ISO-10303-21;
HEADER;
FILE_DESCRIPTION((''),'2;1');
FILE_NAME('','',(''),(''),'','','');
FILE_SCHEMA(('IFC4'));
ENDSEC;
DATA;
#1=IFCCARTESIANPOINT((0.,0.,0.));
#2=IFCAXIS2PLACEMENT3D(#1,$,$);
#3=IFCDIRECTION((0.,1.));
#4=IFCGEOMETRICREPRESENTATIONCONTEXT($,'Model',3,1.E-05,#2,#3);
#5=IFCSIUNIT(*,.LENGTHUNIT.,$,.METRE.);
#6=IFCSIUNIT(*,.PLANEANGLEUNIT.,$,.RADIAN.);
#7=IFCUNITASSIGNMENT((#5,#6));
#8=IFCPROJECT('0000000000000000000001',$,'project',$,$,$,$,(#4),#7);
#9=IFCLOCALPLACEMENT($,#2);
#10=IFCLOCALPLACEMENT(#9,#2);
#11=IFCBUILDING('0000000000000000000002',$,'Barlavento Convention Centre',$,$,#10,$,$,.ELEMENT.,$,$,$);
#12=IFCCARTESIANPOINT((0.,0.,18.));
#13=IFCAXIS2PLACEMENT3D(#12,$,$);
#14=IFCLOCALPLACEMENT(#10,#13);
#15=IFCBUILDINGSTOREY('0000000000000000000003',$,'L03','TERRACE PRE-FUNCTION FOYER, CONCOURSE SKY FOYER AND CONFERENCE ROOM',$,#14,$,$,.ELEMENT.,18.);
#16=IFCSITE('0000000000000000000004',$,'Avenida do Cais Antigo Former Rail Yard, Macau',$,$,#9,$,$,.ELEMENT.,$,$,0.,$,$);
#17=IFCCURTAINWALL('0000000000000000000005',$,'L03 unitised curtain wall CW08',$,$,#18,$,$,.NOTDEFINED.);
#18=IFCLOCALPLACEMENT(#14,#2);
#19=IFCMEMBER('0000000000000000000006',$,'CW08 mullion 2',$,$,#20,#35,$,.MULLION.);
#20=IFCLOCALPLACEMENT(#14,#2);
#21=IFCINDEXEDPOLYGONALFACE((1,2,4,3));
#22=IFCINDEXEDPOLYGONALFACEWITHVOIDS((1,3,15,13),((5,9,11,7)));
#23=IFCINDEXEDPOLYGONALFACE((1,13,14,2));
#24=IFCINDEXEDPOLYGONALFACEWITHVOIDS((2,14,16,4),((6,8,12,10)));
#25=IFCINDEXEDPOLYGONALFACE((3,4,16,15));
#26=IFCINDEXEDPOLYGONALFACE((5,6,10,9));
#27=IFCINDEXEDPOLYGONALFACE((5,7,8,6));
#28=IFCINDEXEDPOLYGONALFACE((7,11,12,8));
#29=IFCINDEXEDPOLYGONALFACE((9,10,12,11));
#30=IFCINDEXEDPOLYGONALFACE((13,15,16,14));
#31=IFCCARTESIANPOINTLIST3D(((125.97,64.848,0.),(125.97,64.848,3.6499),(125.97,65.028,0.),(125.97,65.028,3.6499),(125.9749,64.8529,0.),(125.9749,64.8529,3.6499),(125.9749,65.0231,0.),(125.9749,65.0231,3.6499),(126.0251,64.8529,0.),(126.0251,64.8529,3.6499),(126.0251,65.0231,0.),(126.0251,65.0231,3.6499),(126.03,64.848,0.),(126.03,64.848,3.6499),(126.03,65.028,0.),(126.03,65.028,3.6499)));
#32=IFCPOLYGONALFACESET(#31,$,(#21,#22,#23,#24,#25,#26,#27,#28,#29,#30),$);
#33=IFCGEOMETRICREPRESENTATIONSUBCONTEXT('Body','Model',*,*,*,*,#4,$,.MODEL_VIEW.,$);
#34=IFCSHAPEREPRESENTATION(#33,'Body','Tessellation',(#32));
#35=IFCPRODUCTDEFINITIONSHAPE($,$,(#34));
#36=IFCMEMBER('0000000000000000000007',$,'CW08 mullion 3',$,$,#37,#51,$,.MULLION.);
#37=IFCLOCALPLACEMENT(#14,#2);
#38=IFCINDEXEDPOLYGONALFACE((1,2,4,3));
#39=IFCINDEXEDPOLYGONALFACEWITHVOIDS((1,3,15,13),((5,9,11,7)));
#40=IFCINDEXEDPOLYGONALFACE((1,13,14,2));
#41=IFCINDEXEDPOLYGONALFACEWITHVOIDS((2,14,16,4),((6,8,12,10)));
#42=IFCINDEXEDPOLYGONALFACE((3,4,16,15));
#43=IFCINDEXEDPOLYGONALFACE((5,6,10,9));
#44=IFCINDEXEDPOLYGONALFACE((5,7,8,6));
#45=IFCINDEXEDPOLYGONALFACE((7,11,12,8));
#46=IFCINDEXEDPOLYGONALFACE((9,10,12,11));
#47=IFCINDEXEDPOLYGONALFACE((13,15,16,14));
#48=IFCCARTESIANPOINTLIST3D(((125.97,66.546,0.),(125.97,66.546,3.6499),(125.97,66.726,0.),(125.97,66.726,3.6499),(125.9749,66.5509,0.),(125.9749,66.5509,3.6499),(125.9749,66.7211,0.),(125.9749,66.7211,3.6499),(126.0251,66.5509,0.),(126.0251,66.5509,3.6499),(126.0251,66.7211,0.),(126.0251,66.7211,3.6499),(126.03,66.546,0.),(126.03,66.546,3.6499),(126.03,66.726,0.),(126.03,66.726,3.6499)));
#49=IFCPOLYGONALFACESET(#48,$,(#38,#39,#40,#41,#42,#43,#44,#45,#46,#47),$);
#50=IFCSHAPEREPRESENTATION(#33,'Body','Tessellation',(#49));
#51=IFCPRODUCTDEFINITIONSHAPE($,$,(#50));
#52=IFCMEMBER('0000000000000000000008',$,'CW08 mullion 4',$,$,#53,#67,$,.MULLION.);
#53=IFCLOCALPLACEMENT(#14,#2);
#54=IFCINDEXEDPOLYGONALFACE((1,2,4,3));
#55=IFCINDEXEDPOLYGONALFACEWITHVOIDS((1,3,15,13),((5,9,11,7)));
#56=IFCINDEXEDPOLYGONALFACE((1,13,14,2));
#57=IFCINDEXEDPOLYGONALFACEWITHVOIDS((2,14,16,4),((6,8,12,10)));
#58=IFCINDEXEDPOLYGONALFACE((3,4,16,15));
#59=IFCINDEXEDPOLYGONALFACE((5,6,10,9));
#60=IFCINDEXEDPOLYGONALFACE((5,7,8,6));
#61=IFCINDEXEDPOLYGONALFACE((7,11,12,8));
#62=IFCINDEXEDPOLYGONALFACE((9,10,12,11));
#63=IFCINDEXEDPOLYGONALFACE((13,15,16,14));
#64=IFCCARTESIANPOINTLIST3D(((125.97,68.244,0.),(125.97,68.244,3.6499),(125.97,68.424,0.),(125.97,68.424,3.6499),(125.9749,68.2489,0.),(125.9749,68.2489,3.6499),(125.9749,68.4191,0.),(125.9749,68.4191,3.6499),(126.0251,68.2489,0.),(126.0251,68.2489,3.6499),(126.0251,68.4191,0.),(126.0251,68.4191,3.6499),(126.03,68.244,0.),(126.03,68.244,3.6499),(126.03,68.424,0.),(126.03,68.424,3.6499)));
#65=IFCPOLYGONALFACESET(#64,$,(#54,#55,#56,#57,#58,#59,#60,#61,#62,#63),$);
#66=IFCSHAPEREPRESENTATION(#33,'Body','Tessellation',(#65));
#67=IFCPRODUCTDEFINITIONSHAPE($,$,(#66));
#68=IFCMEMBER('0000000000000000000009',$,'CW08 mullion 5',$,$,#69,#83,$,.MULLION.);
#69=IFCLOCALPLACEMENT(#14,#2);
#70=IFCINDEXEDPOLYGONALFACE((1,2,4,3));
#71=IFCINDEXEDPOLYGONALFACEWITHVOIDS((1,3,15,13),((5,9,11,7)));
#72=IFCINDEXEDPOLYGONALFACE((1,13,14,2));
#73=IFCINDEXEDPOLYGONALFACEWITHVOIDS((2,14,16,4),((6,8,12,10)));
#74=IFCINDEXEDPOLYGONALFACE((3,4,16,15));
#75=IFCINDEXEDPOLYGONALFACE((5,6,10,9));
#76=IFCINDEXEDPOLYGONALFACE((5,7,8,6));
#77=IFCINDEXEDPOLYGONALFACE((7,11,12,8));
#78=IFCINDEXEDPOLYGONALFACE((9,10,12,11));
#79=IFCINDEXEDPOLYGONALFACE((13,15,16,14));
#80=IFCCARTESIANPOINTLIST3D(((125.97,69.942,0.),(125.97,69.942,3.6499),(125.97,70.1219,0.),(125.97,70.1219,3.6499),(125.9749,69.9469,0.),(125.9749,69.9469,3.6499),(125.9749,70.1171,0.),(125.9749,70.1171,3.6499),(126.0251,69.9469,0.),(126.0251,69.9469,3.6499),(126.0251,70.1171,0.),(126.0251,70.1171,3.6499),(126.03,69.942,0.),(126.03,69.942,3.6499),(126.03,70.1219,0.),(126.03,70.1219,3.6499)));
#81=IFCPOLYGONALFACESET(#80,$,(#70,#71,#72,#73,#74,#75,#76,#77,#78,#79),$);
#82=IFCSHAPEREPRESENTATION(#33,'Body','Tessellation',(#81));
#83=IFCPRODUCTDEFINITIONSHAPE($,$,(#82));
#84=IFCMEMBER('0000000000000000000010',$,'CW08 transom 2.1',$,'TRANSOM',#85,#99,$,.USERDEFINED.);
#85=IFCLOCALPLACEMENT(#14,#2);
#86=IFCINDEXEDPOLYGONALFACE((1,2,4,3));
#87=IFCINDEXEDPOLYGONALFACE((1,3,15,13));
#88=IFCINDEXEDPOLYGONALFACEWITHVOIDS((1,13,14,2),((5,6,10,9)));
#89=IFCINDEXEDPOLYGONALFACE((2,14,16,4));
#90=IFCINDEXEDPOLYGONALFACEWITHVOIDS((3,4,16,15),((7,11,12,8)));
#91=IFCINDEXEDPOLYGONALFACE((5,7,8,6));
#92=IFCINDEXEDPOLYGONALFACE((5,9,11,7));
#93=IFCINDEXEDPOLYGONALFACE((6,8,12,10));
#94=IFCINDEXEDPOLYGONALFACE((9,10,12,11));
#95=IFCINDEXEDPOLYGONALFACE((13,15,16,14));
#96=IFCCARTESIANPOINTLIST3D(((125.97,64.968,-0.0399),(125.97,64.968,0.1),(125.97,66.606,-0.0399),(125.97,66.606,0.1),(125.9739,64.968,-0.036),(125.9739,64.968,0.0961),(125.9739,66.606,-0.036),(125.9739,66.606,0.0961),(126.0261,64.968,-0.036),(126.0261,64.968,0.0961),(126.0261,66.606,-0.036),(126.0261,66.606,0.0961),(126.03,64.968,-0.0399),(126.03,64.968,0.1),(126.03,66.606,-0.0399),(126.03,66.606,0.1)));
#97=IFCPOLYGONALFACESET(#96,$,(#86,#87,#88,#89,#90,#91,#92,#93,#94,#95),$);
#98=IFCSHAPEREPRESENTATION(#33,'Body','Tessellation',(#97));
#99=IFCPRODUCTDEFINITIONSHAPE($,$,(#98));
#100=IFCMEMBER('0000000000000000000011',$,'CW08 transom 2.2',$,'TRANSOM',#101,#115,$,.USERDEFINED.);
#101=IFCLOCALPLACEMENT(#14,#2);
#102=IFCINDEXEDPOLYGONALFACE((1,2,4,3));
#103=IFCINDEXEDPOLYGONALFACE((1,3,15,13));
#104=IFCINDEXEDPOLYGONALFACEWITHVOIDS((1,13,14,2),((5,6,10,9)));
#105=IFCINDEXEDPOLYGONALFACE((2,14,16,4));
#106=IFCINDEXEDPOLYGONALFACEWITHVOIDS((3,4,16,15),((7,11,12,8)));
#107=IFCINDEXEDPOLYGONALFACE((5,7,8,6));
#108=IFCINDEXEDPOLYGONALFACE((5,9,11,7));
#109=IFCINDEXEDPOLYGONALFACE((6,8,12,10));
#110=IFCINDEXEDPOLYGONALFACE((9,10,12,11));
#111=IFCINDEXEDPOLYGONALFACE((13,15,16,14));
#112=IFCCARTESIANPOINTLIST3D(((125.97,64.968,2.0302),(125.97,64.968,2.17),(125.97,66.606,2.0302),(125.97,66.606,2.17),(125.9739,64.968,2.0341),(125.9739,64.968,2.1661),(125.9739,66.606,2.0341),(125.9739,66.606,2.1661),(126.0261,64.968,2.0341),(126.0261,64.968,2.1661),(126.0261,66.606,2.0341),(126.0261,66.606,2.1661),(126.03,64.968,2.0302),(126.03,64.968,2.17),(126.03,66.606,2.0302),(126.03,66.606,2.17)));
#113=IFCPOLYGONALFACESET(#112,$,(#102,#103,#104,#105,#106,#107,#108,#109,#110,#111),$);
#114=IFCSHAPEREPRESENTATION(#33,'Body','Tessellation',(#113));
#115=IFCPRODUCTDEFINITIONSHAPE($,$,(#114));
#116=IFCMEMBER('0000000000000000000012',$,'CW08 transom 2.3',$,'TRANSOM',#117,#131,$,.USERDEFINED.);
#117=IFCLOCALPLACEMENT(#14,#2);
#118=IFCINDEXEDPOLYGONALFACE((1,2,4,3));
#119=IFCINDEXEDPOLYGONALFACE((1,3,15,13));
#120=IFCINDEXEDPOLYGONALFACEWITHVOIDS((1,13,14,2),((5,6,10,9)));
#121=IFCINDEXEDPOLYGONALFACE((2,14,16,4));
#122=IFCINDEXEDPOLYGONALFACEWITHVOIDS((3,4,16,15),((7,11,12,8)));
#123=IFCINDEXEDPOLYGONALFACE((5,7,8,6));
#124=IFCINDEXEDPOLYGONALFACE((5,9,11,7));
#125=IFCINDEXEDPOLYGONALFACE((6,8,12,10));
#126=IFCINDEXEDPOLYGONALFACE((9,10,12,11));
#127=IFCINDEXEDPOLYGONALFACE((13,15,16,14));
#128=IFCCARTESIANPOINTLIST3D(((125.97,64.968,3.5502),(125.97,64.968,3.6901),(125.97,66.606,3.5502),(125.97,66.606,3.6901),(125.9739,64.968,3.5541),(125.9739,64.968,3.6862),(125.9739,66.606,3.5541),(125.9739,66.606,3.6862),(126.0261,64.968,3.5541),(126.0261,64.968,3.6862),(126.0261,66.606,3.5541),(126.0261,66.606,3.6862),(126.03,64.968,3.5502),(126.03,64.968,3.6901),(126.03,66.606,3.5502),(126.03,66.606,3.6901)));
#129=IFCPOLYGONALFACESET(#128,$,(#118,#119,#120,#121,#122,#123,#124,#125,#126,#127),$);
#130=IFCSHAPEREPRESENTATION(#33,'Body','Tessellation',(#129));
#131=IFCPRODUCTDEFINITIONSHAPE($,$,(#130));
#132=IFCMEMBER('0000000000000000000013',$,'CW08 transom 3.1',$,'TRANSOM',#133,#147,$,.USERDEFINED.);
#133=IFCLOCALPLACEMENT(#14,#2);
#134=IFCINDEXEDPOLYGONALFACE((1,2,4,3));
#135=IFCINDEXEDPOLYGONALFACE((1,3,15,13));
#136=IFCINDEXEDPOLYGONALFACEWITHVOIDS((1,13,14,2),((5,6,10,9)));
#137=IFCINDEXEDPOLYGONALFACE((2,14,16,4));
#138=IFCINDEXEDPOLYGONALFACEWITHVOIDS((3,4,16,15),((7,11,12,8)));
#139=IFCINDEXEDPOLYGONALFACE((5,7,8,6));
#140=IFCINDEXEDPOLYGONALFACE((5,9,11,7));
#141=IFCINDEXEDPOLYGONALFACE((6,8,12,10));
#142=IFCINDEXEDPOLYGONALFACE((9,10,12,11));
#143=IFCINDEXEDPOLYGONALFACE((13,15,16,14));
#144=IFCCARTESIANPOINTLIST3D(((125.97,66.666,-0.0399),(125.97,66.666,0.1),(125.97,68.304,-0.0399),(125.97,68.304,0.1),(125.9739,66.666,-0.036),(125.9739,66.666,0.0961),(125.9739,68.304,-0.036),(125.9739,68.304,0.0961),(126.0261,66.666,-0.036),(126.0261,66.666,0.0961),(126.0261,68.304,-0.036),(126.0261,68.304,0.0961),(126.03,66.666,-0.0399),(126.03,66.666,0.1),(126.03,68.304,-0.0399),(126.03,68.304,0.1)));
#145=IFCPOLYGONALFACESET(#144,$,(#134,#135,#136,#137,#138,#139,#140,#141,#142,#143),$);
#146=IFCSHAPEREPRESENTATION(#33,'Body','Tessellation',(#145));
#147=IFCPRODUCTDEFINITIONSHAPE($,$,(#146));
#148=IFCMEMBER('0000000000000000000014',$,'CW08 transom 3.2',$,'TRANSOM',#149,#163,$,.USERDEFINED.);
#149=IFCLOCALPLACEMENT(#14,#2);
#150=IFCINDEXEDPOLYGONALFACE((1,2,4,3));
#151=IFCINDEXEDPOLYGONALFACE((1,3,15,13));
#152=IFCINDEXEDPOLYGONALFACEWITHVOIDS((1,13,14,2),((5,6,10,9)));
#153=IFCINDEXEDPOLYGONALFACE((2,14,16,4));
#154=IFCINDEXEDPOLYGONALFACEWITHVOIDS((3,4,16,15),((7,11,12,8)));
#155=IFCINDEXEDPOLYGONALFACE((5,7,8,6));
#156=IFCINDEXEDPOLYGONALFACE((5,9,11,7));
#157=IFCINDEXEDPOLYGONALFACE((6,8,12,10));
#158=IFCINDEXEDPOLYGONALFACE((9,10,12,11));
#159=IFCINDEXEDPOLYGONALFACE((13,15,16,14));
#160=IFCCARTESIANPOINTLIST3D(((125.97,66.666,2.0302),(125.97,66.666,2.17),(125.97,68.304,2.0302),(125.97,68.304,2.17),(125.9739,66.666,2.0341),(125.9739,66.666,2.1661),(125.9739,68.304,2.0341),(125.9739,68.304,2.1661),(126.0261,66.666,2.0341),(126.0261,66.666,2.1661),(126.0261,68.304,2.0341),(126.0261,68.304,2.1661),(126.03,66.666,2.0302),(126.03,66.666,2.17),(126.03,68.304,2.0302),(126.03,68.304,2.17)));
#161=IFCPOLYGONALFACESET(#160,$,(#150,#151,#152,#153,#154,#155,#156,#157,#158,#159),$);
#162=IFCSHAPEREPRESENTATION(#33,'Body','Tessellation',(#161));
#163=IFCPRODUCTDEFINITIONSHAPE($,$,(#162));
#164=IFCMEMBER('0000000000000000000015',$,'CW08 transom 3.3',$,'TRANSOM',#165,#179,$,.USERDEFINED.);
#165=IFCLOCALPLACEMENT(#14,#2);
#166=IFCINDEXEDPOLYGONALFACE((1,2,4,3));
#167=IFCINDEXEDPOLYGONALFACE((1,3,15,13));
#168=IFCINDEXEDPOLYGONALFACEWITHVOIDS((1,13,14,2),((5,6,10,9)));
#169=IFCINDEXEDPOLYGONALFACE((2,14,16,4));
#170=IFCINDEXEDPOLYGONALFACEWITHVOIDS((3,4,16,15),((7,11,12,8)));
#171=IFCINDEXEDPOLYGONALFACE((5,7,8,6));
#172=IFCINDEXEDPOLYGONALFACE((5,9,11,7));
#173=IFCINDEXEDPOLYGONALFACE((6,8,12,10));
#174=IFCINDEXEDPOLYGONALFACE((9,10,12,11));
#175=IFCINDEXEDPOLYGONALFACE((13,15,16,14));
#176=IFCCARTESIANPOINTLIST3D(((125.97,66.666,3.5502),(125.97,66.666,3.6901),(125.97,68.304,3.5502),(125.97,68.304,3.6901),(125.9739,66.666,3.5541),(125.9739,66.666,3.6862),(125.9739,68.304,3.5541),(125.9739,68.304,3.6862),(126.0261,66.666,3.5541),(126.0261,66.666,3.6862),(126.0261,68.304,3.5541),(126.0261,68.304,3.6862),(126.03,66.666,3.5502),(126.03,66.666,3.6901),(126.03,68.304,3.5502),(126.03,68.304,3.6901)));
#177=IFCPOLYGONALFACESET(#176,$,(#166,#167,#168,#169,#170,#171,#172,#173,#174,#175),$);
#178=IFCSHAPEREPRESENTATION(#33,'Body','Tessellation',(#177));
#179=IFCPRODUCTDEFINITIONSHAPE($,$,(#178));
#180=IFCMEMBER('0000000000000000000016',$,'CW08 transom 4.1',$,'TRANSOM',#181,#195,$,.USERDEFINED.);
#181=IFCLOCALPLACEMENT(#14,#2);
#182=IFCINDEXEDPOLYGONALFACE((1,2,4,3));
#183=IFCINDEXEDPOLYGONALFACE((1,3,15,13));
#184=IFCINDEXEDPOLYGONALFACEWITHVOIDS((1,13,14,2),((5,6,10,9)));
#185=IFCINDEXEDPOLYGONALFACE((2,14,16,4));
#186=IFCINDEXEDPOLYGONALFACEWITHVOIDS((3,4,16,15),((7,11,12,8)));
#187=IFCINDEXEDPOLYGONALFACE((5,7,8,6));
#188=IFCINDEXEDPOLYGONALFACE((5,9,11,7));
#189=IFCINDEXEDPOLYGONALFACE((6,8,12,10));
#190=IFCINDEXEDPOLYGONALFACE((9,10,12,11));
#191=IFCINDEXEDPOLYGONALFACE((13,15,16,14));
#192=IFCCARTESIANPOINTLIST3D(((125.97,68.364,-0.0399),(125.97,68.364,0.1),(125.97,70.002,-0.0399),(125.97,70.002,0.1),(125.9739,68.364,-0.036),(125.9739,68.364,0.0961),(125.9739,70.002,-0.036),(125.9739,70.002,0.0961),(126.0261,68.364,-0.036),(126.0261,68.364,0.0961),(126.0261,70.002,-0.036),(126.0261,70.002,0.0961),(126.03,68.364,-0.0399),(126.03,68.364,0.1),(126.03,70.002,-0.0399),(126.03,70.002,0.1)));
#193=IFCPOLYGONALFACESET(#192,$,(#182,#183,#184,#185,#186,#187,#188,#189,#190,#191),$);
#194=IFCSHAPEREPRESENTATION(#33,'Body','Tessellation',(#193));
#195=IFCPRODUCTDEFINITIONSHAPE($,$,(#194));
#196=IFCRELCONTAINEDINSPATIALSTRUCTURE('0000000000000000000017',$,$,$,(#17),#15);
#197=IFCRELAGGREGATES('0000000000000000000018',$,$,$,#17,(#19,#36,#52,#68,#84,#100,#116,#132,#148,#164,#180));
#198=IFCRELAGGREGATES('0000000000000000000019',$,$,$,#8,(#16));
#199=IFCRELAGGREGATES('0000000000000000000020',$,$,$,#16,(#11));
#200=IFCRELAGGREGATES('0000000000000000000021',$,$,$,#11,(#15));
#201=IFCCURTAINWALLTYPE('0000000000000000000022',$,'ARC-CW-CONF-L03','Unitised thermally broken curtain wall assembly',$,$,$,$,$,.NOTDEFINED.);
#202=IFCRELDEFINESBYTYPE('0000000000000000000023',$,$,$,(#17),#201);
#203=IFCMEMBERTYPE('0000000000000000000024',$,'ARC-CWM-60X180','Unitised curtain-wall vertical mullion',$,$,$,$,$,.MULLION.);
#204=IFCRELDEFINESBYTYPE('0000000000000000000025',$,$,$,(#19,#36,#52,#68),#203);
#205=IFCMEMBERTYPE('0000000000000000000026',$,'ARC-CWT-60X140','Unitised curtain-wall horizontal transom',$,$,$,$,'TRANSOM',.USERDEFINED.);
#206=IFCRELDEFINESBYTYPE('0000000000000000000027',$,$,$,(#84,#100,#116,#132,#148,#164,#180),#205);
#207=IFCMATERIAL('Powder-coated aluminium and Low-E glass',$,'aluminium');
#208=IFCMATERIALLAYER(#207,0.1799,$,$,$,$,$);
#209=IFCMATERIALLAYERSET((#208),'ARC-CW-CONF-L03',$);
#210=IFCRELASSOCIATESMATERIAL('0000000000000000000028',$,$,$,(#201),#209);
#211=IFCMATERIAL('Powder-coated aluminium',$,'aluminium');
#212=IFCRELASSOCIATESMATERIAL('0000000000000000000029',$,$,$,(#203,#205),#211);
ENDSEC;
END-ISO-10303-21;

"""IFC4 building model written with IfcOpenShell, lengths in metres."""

from ifc_helpers import new_model, si_unit, direction, frame, origin, origin_2d, place, context, subcontext, project, spatial, hollow_rectangle, extrude, material, layer, layer_set, material_profile, profile_set, type_object, element, aggregate, save


model = new_model("IFC4")

# Units and contexts
model_context = context("Model", 3, precision=1e-05, world=origin(), true_north=direction((0.0, 1.0)))
body_context = subcontext(model_context, "Body", "Model", "MODEL_VIEW")
ifc_project = project(units=[si_unit("LENGTHUNIT", "METRE"), si_unit("PLANEANGLEUNIT", "RADIAN")], contexts=[model_context])

# Site, building, storey
site_placement = place(None, origin())
site = spatial("IfcSite", under=ifc_project, at=site_placement, Name="Avenida do Cais Antigo Former Rail Yard, Macau", CompositionType="ELEMENT", RefElevation=0.0)
building_placement = place(site_placement, origin())
building = spatial("IfcBuilding", under=site, at=building_placement, Name="Barlavento Convention Centre", CompositionType="ELEMENT")
storey_placement = place(building_placement, frame((0.0, 0.0, 18.0)))
storey = spatial("IfcBuildingStorey", under=building, at=storey_placement, Name="L03", Description="TERRACE PRE-FUNCTION FOYER, CONCOURSE SKY FOYER AND CONFERENCE ROOM", CompositionType="ELEMENT", Elevation=18.0)

# Curtain wall, members
ifc_material_1 = material(Name="Powder-coated aluminium and Low-E glass", Category="aluminium")
ifc_layer_1 = layer(ifc_material_1, 0.1799)
ifc_layer_set_1 = layer_set([ifc_layer_1], Name="ARC-CW-CONF-L03")
curtain_wall_type = type_object("IfcCurtainWallType", Name="ARC-CW-CONF-L03", Description="Unitised thermally broken curtain wall assembly", PredefinedType="NOTDEFINED", material=ifc_layer_set_1)
curtain_wall_placement = place(storey_placement, origin())
curtain_wall = element("IfcCurtainWall", 1, at=curtain_wall_placement, inside=storey, type_object=curtain_wall_type, Name="L03 unitised curtain wall CW08", PredefinedType="NOTDEFINED")
ifc_material_2 = material(Name="Powder-coated aluminium", Category="aluminium")
ifc_material_profile_1 = material_profile(ifc_material_2, hollow_rectangle(XDim=0.0601, YDim=0.1799, WallThickness=0.0049, at=origin_2d()), Name="AL-MULL 60x180x5")
ifc_profile_set_1 = profile_set([ifc_material_profile_1], Name="Powder-coated aluminium")
member_type_1 = type_object("IfcMemberType", Name="ARC-CWM-60X180", Description="Unitised curtain-wall vertical mullion", PredefinedType="MULLION", material=ifc_profile_set_1)
member_1_placement = place(storey_placement, frame((126.0, 64.938, 0.0), z_axis=(0.0, 0.0, 1.0), x_axis=(-1.0, 0.0, 0.0)))
member_1 = element("IfcMember", 2, at=member_1_placement, type_object=member_type_1, Name="CW08 mullion 2", PredefinedType="MULLION", context=body_context, shape_type="SweptSolid", body=[
    extrude(hollow_rectangle(XDim=0.0601, YDim=0.1799, WallThickness=0.0049, at=origin_2d()), origin(), (0.0, 0.0, 1.0), 3.6499),
])
member_2_placement = place(storey_placement, frame((126.0, 66.636, 0.0), z_axis=(0.0, 0.0, 1.0), x_axis=(-1.0, 0.0, 0.0)))
member_2 = element("IfcMember", 3, at=member_2_placement, type_object=member_type_1, Name="CW08 mullion 3", PredefinedType="MULLION", context=body_context, shape_type="SweptSolid", body=[
    extrude(hollow_rectangle(XDim=0.0601, YDim=0.1799, WallThickness=0.0049, at=origin_2d()), origin(), (0.0, 0.0, 1.0), 3.6499),
])
member_3_placement = place(storey_placement, frame((126.0, 68.334, 0.0), z_axis=(0.0, 0.0, 1.0), x_axis=(-1.0, 0.0, 0.0)))
member_3 = element("IfcMember", 4, at=member_3_placement, type_object=member_type_1, Name="CW08 mullion 4", PredefinedType="MULLION", context=body_context, shape_type="SweptSolid", body=[
    extrude(hollow_rectangle(XDim=0.0601, YDim=0.1799, WallThickness=0.0049, at=origin_2d()), origin(), (0.0, 0.0, 1.0), 3.6499),
])
member_4_placement = place(storey_placement, frame((126.0, 70.032, 0.0), z_axis=(0.0, 0.0, 1.0), x_axis=(-1.0, 0.0, 0.0)))
member_4 = element("IfcMember", 5, at=member_4_placement, type_object=member_type_1, Name="CW08 mullion 5", PredefinedType="MULLION", context=body_context, shape_type="SweptSolid", body=[
    extrude(hollow_rectangle(XDim=0.0601, YDim=0.1799, WallThickness=0.0049, at=origin_2d()), origin(), (0.0, 0.0, 1.0), 3.6499),
])
ifc_material_profile_2 = material_profile(ifc_material_2, hollow_rectangle(XDim=0.0601, YDim=0.1399, WallThickness=0.0039, at=origin_2d()), Name="AL-TRAN 60x140x4")
ifc_profile_set_2 = profile_set([ifc_material_profile_2], Name="Powder-coated aluminium")
member_type_2 = type_object("IfcMemberType", Name="ARC-CWT-60X140", Description="Unitised curtain-wall horizontal transom", ElementType="TRANSOM", PredefinedType="USERDEFINED", material=ifc_profile_set_2)
member_5_placement = place(storey_placement, frame((126.0, 64.968, 0.03), z_axis=(0.0, 1.0, 0.0), x_axis=(-1.0, 0.0, 0.0)))
member_5 = element("IfcMember", 6, at=member_5_placement, type_object=member_type_2, Name="CW08 transom 2.1", ObjectType="TRANSOM", PredefinedType="USERDEFINED", context=body_context, shape_type="SweptSolid", body=[
    extrude(hollow_rectangle(XDim=0.0601, YDim=0.1399, WallThickness=0.0039, at=origin_2d()), origin(), (0.0, 0.0, 1.0), 1.6379),
])
member_6_placement = place(storey_placement, frame((126.0, 64.968, 2.1001), z_axis=(0.0, 1.0, 0.0), x_axis=(-1.0, 0.0, 0.0)))
member_6 = element("IfcMember", 7, at=member_6_placement, type_object=member_type_2, Name="CW08 transom 2.2", ObjectType="TRANSOM", PredefinedType="USERDEFINED", context=body_context, shape_type="SweptSolid", body=[
    extrude(hollow_rectangle(XDim=0.0601, YDim=0.1399, WallThickness=0.0039, at=origin_2d()), origin(), (0.0, 0.0, 1.0), 1.6379),
])
member_7_placement = place(storey_placement, frame((126.0, 64.968, 3.6201), z_axis=(0.0, 1.0, 0.0), x_axis=(-1.0, 0.0, 0.0)))
member_7 = element("IfcMember", 8, at=member_7_placement, type_object=member_type_2, Name="CW08 transom 2.3", ObjectType="TRANSOM", PredefinedType="USERDEFINED", context=body_context, shape_type="SweptSolid", body=[
    extrude(hollow_rectangle(XDim=0.0601, YDim=0.1399, WallThickness=0.0039, at=origin_2d()), origin(), (0.0, 0.0, 1.0), 1.6379),
])
member_8_placement = place(storey_placement, frame((126.0, 66.666, 0.03), z_axis=(0.0, 1.0, 0.0), x_axis=(-1.0, 0.0, 0.0)))
member_8 = element("IfcMember", 9, at=member_8_placement, type_object=member_type_2, Name="CW08 transom 3.1", ObjectType="TRANSOM", PredefinedType="USERDEFINED", context=body_context, shape_type="SweptSolid", body=[
    extrude(hollow_rectangle(XDim=0.0601, YDim=0.1399, WallThickness=0.0039, at=origin_2d()), origin(), (0.0, 0.0, 1.0), 1.6379),
])
member_9_placement = place(storey_placement, frame((126.0, 66.666, 2.1001), z_axis=(0.0, 1.0, 0.0), x_axis=(-1.0, 0.0, 0.0)))
member_9 = element("IfcMember", 10, at=member_9_placement, type_object=member_type_2, Name="CW08 transom 3.2", ObjectType="TRANSOM", PredefinedType="USERDEFINED", context=body_context, shape_type="SweptSolid", body=[
    extrude(hollow_rectangle(XDim=0.0601, YDim=0.1399, WallThickness=0.0039, at=origin_2d()), origin(), (0.0, 0.0, 1.0), 1.6379),
])
member_10_placement = place(storey_placement, frame((126.0, 66.666, 3.6201), z_axis=(0.0, 1.0, 0.0), x_axis=(-1.0, 0.0, 0.0)))
member_10 = element("IfcMember", 11, at=member_10_placement, type_object=member_type_2, Name="CW08 transom 3.3", ObjectType="TRANSOM", PredefinedType="USERDEFINED", context=body_context, shape_type="SweptSolid", body=[
    extrude(hollow_rectangle(XDim=0.0601, YDim=0.1399, WallThickness=0.0039, at=origin_2d()), origin(), (0.0, 0.0, 1.0), 1.6379),
])
member_11_placement = place(storey_placement, frame((126.0, 68.364, 0.03), z_axis=(0.0, 1.0, 0.0), x_axis=(-1.0, 0.0, 0.0)))
member_11 = element("IfcMember", 12, at=member_11_placement, type_object=member_type_2, Name="CW08 transom 4.1", ObjectType="TRANSOM", PredefinedType="USERDEFINED", context=body_context, shape_type="SweptSolid", body=[
    extrude(hollow_rectangle(XDim=0.0601, YDim=0.1399, WallThickness=0.0039, at=origin_2d()), origin(), (0.0, 0.0, 1.0), 1.6379),
])
aggregate(curtain_wall, [member_1, member_2, member_3, member_4, member_5, member_6, member_7, member_8, member_9, member_10, member_11])

save(model, "model.ifc")
